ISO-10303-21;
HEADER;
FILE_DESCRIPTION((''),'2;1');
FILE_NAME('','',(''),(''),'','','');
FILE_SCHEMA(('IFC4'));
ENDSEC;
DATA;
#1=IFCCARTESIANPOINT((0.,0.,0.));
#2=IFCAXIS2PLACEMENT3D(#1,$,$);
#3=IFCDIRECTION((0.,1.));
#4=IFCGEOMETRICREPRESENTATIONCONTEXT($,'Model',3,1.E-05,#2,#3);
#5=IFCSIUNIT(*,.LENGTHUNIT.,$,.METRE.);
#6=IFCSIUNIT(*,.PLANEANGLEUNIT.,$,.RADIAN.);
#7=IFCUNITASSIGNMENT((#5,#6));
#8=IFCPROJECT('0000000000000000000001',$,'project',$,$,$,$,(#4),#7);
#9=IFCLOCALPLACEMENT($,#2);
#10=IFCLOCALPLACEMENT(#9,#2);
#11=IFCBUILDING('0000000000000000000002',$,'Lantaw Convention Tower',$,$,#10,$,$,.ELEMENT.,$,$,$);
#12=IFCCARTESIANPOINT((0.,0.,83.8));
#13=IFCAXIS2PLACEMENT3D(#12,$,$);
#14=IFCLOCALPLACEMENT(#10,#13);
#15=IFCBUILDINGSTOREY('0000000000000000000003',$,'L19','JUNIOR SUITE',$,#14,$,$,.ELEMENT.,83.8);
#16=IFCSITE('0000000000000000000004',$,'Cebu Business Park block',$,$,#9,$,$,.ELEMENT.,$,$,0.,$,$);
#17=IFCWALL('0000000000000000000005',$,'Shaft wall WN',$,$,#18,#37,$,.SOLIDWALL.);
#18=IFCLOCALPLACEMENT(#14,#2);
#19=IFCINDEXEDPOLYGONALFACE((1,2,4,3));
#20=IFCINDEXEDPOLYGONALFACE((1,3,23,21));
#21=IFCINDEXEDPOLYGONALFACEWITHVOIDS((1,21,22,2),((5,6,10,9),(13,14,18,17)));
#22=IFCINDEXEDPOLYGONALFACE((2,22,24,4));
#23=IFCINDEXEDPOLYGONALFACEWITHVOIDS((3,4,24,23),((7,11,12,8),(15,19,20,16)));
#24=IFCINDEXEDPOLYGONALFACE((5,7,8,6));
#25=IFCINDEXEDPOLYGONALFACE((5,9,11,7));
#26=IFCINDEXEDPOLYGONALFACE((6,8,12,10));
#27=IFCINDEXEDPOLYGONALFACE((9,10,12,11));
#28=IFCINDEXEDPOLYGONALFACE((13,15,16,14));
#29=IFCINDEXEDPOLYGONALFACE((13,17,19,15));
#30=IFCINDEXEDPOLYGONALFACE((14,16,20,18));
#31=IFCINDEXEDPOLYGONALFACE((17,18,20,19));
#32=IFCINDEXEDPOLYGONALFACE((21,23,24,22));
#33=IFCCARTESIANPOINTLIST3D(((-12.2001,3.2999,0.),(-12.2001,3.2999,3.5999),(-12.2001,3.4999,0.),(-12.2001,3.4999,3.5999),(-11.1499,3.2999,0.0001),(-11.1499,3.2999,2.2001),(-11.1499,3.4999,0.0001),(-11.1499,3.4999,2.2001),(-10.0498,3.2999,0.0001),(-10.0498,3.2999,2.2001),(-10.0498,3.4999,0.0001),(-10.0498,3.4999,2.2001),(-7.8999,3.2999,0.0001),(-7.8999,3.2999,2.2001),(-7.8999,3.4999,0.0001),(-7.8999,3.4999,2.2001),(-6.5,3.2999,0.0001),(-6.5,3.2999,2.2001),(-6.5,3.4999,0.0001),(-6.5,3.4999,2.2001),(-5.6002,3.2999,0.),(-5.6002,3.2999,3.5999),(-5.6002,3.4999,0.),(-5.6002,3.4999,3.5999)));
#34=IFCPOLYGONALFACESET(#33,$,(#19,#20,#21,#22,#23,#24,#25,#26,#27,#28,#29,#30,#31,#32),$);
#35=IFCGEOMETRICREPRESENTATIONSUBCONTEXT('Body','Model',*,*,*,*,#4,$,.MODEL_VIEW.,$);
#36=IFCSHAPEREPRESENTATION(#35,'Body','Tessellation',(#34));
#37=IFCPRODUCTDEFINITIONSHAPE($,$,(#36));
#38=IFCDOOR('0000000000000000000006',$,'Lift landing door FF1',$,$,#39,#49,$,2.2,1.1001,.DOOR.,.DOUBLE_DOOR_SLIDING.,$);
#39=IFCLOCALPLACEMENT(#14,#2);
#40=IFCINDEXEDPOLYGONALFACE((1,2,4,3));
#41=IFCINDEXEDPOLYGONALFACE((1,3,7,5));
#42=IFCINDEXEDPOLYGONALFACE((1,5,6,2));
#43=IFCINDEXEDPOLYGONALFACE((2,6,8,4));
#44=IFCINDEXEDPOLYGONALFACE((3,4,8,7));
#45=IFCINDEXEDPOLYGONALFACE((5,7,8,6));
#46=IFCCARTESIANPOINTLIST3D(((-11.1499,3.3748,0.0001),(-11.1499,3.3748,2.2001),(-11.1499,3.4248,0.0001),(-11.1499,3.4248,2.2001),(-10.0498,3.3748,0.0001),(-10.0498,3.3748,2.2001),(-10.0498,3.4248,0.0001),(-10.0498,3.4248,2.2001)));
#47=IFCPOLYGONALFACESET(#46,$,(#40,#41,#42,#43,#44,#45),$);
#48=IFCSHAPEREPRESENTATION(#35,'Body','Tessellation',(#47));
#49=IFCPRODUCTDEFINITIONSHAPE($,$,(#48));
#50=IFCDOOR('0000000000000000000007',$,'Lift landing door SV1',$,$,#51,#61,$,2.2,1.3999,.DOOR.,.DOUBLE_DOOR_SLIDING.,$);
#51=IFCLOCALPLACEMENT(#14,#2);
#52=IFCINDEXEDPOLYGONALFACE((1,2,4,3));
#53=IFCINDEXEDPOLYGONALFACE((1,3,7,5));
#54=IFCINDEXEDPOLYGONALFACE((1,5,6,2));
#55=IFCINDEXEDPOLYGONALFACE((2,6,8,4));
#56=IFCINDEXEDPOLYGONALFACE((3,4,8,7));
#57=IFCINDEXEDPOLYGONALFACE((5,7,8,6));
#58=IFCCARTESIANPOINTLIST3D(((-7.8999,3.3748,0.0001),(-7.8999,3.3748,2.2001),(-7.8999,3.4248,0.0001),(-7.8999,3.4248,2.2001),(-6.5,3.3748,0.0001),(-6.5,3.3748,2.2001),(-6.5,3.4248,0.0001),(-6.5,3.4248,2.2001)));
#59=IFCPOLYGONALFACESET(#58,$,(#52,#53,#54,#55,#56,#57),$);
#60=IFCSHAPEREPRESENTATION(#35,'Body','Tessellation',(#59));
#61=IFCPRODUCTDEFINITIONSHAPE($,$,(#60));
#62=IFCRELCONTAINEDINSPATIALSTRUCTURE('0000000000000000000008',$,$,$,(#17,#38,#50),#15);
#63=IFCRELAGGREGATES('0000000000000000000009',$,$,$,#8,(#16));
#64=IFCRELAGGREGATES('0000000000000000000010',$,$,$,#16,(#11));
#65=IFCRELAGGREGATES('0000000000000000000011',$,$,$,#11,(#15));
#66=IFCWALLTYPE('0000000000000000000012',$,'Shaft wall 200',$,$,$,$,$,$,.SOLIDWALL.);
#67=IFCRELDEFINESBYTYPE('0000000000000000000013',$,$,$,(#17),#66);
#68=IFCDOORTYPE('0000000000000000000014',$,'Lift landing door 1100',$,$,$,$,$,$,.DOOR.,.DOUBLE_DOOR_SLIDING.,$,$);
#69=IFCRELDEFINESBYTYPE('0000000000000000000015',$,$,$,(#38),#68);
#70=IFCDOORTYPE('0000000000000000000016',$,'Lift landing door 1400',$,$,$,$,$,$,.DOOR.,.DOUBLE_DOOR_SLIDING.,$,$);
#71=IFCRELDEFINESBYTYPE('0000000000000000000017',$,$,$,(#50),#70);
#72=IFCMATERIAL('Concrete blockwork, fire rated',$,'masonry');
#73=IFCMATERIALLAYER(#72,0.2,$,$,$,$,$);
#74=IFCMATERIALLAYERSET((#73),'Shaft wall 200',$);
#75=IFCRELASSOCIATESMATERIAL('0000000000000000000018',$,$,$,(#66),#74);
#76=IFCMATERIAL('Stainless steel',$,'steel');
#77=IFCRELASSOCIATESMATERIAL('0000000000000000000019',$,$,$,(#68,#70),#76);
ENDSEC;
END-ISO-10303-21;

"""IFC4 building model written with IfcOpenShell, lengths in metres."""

from ifc_helpers import new_model, si_unit, direction, frame, frame_2d, origin, place, context, subcontext, project, spatial, rectangle, extrude, material, layer, layer_set, type_object, element, fill, save


model = new_model("IFC4")

# Units and contexts
model_context = context("Model", 3, precision=1e-05, world=origin(), true_north=direction((0.0, 1.0)))
body_context = subcontext(model_context, "Body", "Model", "MODEL_VIEW")
ifc_project = project(units=[si_unit("LENGTHUNIT", "METRE"), si_unit("PLANEANGLEUNIT", "RADIAN")], contexts=[model_context])

# Site, building, storey
site_placement = place(None, origin())
site = spatial("IfcSite", under=ifc_project, at=site_placement, Name="Cebu Business Park block", CompositionType="ELEMENT", RefElevation=0.0)
building_placement = place(site_placement, origin())
building = spatial("IfcBuilding", under=site, at=building_placement, Name="Lantaw Convention Tower", CompositionType="ELEMENT")
storey_placement = place(building_placement, frame((0.0, 0.0, 83.8)))
storey = spatial("IfcBuildingStorey", under=building, at=storey_placement, Name="L19", Description="JUNIOR SUITE", CompositionType="ELEMENT", Elevation=83.8)

# Wall, openings, doors
ifc_material_1 = material(Name="Concrete blockwork, fire rated", Category="masonry")
ifc_layer_1 = layer(ifc_material_1, 0.2)
ifc_layer_set_1 = layer_set([ifc_layer_1], Name="Shaft wall 200")
wall_type_1 = type_object("IfcWallType", Name="Shaft wall 200", PredefinedType="SOLIDWALL", material=ifc_layer_set_1)
wall_1_placement = place(storey_placement, frame((-12.2, 3.3999, 0.0), z_axis=(0.0, 0.0, 1.0), x_axis=(1.0, 0.0, 0.0)))
wall_1 = element("IfcWall", 1, at=wall_1_placement, inside=storey, type_object=wall_type_1, Name="Shaft wall WN", PredefinedType="SOLIDWALL", context=body_context, shape_type="SweptSolid", body=[
    extrude(rectangle(XDim=6.5999, YDim=0.2, at=frame_2d((3.2998, 0.0))), origin(), (0.0, 0.0, 1.0), 3.5999),
])
opening_1_placement = place(wall_1_placement, frame((1.05, 0.0, 0.0)))
opening_1 = element("IfcOpeningElement", 2, at=opening_1_placement, cuts=wall_1, PredefinedType="OPENING", context=body_context, shape_type="SweptSolid", body=[
    extrude(rectangle(XDim=1.1001, YDim=2.2, at=frame_2d((0.55, 1.1001))), frame((0.0, 0.1099, 0.0), z_axis=(0.0, -1.0, 0.0), x_axis=(1.0, 0.0, 0.0)), (0.0, 0.0, 1.0), 0.22),
])
opening_2_placement = place(wall_1_placement, frame((4.3, 0.0, 0.0)))
opening_2 = element("IfcOpeningElement", 3, at=opening_2_placement, cuts=wall_1, PredefinedType="OPENING", context=body_context, shape_type="SweptSolid", body=[
    extrude(rectangle(XDim=1.3999, YDim=2.2, at=frame_2d((0.7, 1.1001))), frame((0.0, 0.1099, 0.0), z_axis=(0.0, -1.0, 0.0), x_axis=(1.0, 0.0, 0.0)), (0.0, 0.0, 1.0), 0.22),
])
ifc_material_2 = material(Name="Stainless steel", Category="steel")
door_type_1 = type_object("IfcDoorType", Name="Lift landing door 1100", OperationType="DOUBLE_DOOR_SLIDING", PredefinedType="DOOR", material=ifc_material_2)
door_1_placement = place(opening_1_placement, origin())
door_1 = element("IfcDoor", 4, at=door_1_placement, inside=storey, type_object=door_type_1, Name="Lift landing door FF1", OperationType="DOUBLE_DOOR_SLIDING", OverallHeight=2.2, OverallWidth=1.1001, PredefinedType="DOOR", context=body_context, shape_type="SweptSolid", body=[
    extrude(rectangle(XDim=1.1001, YDim=2.2, at=frame_2d((0.55, 1.1001))), frame((0.0, 0.0249, 0.0), z_axis=(0.0, -1.0, 0.0), x_axis=(1.0, 0.0, 0.0)), (0.0, 0.0, 1.0), 0.05),
])
fill(opening_1, door_1)
door_type_2 = type_object("IfcDoorType", Name="Lift landing door 1400", OperationType="DOUBLE_DOOR_SLIDING", PredefinedType="DOOR", material=ifc_material_2)
door_2_placement = place(opening_2_placement, origin())
door_2 = element("IfcDoor", 5, at=door_2_placement, inside=storey, type_object=door_type_2, Name="Lift landing door SV1", OperationType="DOUBLE_DOOR_SLIDING", OverallHeight=2.2, OverallWidth=1.3999, PredefinedType="DOOR", context=body_context, shape_type="SweptSolid", body=[
    extrude(rectangle(XDim=1.3999, YDim=2.2, at=frame_2d((0.7, 1.1001))), frame((0.0, 0.0249, 0.0), z_axis=(0.0, -1.0, 0.0), x_axis=(1.0, 0.0, 0.0)), (0.0, 0.0, 1.0), 0.05),
])
fill(opening_2, door_2)

save(model, "model.ifc")
